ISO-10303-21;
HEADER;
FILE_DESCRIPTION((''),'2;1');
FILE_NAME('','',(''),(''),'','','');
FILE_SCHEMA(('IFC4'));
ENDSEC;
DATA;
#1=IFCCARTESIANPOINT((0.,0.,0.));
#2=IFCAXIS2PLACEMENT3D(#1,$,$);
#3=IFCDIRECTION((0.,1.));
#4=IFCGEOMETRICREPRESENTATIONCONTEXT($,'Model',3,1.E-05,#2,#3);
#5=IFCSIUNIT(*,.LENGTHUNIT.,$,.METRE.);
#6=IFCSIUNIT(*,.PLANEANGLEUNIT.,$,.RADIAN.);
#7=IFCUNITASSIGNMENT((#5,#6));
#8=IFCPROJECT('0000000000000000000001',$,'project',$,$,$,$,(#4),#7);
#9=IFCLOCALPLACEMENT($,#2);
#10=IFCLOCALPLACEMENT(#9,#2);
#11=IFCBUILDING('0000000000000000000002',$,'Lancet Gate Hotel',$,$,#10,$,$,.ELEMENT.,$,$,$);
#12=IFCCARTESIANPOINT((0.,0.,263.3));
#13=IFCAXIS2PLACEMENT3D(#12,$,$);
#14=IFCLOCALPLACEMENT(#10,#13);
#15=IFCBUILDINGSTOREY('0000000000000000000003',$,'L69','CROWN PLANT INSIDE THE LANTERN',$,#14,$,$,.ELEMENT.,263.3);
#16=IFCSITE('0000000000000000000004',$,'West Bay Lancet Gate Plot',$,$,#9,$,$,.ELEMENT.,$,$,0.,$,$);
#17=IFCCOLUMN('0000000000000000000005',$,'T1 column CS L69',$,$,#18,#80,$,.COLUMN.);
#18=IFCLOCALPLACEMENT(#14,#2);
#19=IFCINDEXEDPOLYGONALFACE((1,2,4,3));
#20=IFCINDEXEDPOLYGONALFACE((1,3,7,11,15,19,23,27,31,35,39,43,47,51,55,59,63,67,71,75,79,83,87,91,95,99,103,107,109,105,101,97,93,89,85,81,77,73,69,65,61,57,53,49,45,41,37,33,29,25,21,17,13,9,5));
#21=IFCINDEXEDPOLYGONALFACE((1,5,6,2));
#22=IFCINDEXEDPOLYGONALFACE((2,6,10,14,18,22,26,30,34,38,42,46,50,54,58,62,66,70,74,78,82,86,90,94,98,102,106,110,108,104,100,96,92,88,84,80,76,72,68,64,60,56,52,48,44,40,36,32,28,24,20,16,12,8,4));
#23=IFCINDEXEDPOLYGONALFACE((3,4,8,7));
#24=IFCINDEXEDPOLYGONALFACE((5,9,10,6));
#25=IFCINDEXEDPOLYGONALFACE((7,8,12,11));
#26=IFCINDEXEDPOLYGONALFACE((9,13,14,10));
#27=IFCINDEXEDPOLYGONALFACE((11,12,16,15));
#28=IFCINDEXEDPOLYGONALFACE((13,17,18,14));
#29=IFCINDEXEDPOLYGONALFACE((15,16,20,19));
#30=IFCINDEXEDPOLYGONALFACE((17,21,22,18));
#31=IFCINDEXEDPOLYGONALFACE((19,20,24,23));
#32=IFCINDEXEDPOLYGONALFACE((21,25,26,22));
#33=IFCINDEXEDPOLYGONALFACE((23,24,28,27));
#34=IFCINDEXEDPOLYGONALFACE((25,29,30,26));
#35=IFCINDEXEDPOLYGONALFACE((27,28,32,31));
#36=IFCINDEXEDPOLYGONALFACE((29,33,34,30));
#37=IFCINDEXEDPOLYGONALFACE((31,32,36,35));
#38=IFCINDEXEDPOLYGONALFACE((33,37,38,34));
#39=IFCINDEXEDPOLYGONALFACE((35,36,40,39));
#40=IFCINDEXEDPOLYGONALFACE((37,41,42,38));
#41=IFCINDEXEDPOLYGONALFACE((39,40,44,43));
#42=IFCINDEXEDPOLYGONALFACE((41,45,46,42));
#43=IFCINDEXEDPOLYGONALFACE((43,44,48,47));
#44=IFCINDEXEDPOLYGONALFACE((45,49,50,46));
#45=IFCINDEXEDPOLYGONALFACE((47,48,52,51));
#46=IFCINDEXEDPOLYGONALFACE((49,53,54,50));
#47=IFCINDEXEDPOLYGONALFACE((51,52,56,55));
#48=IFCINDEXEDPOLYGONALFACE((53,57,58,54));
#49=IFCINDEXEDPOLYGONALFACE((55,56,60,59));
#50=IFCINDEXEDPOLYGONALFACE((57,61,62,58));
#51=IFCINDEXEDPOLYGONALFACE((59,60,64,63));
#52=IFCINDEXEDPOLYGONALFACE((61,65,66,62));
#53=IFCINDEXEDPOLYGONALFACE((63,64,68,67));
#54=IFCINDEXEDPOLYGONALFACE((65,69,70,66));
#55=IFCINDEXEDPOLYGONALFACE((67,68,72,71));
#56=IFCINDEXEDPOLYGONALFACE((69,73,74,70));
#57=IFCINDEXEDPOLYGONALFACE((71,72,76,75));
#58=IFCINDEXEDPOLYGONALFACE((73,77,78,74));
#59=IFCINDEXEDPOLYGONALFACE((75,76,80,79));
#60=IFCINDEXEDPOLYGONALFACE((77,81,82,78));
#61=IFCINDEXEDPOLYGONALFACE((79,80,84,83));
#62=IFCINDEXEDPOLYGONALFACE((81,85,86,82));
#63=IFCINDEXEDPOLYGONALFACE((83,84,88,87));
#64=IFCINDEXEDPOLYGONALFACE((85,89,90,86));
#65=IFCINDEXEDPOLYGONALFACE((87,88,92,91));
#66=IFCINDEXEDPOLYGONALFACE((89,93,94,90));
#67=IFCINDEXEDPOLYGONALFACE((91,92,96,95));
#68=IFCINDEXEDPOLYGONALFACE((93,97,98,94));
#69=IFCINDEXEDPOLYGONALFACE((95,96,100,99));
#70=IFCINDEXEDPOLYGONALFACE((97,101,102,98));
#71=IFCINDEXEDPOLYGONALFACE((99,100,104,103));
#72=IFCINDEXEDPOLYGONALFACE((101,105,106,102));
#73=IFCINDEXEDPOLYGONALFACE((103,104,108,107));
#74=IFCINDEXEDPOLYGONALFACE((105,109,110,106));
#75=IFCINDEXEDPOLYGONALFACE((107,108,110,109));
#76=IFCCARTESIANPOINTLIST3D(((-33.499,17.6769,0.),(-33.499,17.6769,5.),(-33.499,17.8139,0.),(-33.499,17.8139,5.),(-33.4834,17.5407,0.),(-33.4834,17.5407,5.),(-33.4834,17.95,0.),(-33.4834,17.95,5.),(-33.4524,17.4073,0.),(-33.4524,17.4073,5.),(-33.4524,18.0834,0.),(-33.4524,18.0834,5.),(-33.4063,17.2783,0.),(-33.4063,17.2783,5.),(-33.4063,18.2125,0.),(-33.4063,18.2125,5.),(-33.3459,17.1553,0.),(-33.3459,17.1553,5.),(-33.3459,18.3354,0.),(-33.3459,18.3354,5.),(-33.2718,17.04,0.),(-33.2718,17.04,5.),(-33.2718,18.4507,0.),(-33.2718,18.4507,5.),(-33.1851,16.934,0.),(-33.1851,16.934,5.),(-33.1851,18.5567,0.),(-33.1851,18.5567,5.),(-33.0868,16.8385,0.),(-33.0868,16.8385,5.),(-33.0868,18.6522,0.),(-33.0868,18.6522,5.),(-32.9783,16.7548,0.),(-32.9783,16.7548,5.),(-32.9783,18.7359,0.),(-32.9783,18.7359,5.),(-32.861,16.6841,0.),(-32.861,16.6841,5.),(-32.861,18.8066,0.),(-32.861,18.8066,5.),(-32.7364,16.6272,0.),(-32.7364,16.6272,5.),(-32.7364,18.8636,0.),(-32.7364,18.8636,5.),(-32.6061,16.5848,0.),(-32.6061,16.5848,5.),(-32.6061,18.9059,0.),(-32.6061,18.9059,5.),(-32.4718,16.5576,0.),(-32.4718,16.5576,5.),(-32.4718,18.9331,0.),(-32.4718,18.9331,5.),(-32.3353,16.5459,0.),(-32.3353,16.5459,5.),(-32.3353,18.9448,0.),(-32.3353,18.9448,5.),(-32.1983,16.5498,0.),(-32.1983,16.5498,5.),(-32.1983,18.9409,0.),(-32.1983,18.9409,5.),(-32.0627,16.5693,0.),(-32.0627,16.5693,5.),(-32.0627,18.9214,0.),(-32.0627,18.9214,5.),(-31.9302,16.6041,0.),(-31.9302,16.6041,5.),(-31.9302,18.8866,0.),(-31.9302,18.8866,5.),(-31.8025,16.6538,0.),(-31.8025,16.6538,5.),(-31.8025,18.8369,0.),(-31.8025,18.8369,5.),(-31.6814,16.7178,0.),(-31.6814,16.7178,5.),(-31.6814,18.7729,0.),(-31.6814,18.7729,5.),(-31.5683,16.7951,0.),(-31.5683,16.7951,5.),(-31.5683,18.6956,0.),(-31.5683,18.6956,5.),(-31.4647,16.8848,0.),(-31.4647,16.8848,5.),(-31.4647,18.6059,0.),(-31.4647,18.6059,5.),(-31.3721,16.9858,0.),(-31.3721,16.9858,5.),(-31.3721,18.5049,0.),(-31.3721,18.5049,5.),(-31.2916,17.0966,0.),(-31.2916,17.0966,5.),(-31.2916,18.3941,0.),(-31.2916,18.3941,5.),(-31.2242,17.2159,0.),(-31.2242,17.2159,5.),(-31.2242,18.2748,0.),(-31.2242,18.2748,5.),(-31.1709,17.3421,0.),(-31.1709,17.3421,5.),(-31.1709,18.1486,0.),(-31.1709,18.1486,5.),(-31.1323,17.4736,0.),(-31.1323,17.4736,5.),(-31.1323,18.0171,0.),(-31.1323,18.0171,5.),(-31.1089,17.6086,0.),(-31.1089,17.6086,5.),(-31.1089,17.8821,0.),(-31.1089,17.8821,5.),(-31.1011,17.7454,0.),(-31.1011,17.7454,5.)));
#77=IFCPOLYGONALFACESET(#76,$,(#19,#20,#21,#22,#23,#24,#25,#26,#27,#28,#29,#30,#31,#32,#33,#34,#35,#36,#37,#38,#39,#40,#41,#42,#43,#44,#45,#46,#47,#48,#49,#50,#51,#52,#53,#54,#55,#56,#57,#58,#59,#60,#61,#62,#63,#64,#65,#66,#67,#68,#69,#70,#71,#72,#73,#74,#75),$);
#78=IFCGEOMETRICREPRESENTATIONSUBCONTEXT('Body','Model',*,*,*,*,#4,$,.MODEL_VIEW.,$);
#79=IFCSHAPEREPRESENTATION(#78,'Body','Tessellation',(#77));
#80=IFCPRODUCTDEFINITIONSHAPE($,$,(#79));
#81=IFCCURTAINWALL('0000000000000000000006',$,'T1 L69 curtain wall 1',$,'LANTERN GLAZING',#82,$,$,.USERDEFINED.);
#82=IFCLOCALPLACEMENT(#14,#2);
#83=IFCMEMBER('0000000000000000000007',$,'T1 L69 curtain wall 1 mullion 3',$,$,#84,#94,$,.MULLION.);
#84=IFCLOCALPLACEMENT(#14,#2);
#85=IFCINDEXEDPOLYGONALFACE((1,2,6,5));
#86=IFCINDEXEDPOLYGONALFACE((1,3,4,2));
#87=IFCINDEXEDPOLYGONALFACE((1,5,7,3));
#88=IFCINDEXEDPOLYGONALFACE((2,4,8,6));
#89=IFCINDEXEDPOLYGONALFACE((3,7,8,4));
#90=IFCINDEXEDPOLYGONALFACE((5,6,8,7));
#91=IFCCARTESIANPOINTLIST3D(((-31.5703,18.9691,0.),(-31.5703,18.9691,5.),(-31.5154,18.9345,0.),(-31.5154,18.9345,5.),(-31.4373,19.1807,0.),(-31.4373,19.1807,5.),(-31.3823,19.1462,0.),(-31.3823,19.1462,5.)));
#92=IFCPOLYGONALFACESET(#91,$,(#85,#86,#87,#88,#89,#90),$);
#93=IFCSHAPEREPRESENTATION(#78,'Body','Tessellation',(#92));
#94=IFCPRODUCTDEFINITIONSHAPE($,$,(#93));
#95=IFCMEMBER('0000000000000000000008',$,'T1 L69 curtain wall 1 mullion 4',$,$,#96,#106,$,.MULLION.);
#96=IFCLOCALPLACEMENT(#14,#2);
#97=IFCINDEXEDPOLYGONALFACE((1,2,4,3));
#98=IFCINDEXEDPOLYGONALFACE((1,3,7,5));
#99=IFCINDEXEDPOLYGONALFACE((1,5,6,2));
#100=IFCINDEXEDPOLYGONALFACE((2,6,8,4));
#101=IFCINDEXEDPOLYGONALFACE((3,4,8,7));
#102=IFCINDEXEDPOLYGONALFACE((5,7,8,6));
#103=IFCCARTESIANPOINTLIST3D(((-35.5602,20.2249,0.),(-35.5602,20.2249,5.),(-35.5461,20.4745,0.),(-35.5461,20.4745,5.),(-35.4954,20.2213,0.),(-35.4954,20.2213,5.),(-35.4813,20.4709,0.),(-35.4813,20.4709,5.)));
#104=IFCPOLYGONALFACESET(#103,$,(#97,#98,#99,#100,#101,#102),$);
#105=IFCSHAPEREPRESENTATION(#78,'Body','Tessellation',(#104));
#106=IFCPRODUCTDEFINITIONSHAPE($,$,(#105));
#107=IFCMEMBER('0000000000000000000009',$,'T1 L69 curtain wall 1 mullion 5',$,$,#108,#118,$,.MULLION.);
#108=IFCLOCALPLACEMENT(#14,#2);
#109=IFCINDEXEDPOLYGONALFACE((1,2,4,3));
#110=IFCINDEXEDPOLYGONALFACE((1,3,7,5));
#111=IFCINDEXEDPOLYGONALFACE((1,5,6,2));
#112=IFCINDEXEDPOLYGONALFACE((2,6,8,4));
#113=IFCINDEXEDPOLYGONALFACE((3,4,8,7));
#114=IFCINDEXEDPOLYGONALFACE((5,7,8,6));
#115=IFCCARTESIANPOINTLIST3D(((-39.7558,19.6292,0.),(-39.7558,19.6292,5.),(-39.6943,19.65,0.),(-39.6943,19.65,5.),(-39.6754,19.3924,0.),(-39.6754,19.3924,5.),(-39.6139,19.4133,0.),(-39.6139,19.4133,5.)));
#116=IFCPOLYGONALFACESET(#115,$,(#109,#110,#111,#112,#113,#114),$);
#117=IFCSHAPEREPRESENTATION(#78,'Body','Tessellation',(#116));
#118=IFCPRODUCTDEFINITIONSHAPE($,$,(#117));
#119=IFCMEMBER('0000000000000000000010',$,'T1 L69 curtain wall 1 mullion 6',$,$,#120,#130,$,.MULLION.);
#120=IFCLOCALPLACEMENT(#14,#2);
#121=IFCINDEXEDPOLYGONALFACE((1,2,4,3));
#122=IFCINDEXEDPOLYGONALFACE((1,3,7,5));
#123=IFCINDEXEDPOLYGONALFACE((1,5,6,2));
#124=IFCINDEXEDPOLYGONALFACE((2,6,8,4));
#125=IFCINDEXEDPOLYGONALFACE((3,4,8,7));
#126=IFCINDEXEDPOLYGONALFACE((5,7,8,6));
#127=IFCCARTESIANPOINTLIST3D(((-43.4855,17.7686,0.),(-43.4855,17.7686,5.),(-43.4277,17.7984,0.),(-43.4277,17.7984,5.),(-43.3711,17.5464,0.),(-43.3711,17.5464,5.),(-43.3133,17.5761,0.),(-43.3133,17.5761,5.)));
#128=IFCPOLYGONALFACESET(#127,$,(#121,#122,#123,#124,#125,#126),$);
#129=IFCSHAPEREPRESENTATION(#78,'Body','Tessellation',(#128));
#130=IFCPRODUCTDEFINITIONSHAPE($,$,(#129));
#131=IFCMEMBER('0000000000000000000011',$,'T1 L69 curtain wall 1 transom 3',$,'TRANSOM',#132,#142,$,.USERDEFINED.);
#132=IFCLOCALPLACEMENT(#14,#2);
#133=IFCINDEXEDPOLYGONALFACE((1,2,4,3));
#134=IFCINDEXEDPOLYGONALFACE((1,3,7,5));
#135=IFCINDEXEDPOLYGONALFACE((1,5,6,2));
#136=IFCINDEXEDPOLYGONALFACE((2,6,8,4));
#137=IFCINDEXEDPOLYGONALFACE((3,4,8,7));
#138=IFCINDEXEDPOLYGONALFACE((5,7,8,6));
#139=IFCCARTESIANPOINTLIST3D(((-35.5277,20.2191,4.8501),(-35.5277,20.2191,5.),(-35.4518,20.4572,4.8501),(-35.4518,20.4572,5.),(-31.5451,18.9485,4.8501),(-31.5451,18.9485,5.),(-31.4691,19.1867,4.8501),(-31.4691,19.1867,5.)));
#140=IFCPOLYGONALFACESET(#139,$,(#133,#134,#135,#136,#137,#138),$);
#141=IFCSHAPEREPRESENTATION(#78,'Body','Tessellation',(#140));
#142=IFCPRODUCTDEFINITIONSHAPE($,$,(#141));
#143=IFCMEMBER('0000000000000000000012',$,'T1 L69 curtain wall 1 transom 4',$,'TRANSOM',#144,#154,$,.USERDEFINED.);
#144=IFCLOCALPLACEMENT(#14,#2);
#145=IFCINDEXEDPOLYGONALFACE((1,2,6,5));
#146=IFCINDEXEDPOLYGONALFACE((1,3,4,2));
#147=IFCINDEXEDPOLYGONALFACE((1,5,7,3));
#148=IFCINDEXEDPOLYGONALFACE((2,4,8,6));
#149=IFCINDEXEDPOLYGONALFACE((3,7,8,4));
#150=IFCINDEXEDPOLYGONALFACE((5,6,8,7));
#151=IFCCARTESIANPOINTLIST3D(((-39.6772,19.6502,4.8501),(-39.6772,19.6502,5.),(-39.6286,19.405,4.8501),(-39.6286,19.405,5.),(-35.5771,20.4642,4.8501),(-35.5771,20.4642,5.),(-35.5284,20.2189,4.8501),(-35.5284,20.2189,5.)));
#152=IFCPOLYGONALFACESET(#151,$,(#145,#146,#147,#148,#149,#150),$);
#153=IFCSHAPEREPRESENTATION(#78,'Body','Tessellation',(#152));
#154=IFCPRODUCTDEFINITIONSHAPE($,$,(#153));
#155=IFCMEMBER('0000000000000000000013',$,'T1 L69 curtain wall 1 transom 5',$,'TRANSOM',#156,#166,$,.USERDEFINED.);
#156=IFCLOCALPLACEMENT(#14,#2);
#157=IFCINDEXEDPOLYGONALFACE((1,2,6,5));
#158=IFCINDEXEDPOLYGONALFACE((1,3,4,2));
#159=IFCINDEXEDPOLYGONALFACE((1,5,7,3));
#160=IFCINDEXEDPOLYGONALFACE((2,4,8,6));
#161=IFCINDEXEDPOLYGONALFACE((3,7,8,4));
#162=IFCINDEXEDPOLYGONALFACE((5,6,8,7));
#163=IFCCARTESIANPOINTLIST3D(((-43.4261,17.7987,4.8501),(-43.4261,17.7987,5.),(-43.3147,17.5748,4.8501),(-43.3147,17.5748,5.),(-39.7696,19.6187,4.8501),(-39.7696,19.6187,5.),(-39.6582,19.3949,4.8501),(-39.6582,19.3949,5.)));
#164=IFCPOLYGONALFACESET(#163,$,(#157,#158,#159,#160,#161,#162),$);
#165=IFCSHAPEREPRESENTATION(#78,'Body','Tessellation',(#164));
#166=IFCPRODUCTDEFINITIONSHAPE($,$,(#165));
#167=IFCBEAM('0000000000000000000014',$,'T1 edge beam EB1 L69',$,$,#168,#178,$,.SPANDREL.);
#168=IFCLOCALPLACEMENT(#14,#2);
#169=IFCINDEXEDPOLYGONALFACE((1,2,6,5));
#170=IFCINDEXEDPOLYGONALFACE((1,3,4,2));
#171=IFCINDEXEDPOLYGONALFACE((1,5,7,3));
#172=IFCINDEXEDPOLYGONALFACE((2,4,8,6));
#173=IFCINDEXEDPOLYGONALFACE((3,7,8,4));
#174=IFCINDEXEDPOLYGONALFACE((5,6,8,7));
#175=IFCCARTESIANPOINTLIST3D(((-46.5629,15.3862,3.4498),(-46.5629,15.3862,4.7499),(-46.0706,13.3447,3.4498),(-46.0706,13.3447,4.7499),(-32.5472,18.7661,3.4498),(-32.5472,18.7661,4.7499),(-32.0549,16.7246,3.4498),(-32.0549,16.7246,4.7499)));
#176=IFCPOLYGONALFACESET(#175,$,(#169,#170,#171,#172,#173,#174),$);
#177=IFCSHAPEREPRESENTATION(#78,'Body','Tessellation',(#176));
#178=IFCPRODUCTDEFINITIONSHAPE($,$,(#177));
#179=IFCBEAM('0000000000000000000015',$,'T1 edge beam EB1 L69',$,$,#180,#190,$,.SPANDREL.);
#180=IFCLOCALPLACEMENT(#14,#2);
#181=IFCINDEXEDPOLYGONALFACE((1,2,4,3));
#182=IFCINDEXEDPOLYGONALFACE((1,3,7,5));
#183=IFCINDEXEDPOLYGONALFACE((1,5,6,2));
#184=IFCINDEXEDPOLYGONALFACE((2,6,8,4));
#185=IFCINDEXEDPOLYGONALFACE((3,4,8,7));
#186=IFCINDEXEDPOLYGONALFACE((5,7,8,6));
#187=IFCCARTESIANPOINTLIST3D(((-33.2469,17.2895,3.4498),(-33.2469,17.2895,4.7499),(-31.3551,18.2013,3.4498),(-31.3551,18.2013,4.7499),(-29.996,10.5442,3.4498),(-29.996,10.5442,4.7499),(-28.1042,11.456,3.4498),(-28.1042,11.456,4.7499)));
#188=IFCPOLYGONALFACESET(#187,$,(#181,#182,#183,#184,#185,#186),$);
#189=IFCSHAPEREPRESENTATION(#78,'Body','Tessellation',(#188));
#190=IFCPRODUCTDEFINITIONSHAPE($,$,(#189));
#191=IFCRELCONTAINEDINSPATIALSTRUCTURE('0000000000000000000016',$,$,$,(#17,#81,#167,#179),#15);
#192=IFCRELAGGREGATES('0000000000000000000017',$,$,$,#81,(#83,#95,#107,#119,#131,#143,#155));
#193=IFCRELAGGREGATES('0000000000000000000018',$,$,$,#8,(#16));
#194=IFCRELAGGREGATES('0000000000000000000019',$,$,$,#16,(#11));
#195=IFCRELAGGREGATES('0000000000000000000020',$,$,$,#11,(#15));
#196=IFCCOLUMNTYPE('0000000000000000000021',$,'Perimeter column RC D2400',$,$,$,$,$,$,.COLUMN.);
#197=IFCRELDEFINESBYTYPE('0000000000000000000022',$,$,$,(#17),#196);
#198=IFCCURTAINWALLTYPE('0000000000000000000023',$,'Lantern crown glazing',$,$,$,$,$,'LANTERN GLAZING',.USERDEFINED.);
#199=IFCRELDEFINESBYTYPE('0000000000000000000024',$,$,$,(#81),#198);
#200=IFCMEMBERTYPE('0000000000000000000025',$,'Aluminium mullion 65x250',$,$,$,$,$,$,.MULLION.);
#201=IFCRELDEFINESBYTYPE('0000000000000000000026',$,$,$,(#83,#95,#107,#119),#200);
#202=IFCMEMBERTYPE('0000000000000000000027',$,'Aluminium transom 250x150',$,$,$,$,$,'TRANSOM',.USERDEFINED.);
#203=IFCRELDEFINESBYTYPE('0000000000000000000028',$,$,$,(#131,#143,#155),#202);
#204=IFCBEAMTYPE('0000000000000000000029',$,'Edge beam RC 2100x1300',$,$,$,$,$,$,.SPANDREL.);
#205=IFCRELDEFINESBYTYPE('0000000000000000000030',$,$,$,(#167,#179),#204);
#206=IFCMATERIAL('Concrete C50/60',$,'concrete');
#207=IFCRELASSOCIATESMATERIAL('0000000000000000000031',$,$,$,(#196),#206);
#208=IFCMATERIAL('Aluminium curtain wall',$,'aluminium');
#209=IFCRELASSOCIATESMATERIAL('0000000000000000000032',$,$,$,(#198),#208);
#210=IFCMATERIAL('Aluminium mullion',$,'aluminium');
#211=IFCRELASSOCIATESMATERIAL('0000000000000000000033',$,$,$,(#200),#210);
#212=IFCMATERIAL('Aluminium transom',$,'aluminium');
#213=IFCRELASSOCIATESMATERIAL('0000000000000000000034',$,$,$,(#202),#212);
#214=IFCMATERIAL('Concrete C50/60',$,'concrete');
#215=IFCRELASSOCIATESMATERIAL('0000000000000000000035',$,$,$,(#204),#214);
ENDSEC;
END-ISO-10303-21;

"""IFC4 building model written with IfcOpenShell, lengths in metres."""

from ifc_helpers import new_model, si_unit, direction, frame, origin, origin_2d, place, context, subcontext, project, spatial, rectangle, circle, extrude, material, material_profile, profile_set, type_object, element, aggregate, save


model = new_model("IFC4")

# Units and contexts
model_context = context("Model", 3, precision=1e-05, world=origin(), true_north=direction((0.0, 1.0)))
body_context = subcontext(model_context, "Body", "Model", "MODEL_VIEW")
ifc_project = project(units=[si_unit("LENGTHUNIT", "METRE"), si_unit("PLANEANGLEUNIT", "RADIAN")], contexts=[model_context])

# Site, building, storey
site_placement = place(None, origin())
site = spatial("IfcSite", under=ifc_project, at=site_placement, Name="West Bay Lancet Gate Plot", CompositionType="ELEMENT", RefElevation=0.0)
building_placement = place(site_placement, origin())
building = spatial("IfcBuilding", under=site, at=building_placement, Name="Lancet Gate Hotel", CompositionType="ELEMENT")
storey_placement = place(building_placement, frame((0.0, 0.0, 263.3)))
storey = spatial("IfcBuildingStorey", under=building, at=storey_placement, Name="L69", Description="CROWN PLANT INSIDE THE LANTERN", CompositionType="ELEMENT", Elevation=263.3)

# Column
ifc_material_1 = material(Name="Concrete C50/60", Category="concrete")
ifc_material_profile_1 = material_profile(ifc_material_1, circle(Radius=1.2, at=origin_2d()), Name="RC D2400")
ifc_profile_set_1 = profile_set([ifc_material_profile_1], Name="Concrete C50/60")
column_type = type_object("IfcColumnType", Name="Perimeter column RC D2400", PredefinedType="COLUMN", material=ifc_profile_set_1)
column_placement = place(storey_placement, frame((-32.301, 17.7454, 0.0), z_axis=(0.0, 0.0, 1.0), x_axis=(1.0, 0.0, 0.0)))
element("IfcColumn", 1, at=column_placement, inside=storey, type_object=column_type, Name="T1 column CS L69", PredefinedType="COLUMN", context=body_context, shape_type="SweptSolid", body=[
    extrude(circle(Radius=1.2, at=origin_2d()), origin(), (0.0, 0.0, 1.0), 5.0),
])

# Curtain wall, members
ifc_material_2 = material(Name="Aluminium curtain wall", Category="aluminium")
curtain_wall_type = type_object("IfcCurtainWallType", Name="Lantern crown glazing", ElementType="LANTERN GLAZING", PredefinedType="USERDEFINED", material=ifc_material_2)
curtain_wall_placement = place(storey_placement, origin())
curtain_wall = element("IfcCurtainWall", 2, at=curtain_wall_placement, inside=storey, type_object=curtain_wall_type, Name="T1 L69 curtain wall 1", ObjectType="LANTERN GLAZING", PredefinedType="USERDEFINED")
ifc_material_3 = material(Name="Aluminium mullion", Category="aluminium")
ifc_material_profile_2 = material_profile(ifc_material_3, rectangle(XDim=0.0649, YDim=0.25, at=origin_2d()), Name="MULLION 65x250")
ifc_profile_set_2 = profile_set([ifc_material_profile_2], Name="Aluminium mullion")
member_type_1 = type_object("IfcMemberType", Name="Aluminium mullion 65x250", PredefinedType="MULLION", material=ifc_profile_set_2)
member_1_placement = place(storey_placement, frame((-31.4763, 19.0576, 0.0), z_axis=(0.0, 0.0, 1.0), x_axis=(-0.846613, 0.532209, 0.0)))
member_1 = element("IfcMember", 3, at=member_1_placement, type_object=member_type_1, Name="T1 L69 curtain wall 1 mullion 3", PredefinedType="MULLION", context=body_context, shape_type="SweptSolid", body=[
    extrude(rectangle(XDim=0.0649, YDim=0.25, at=origin_2d()), origin(), (0.0, 0.0, 1.0), 5.0),
])
member_2_placement = place(storey_placement, frame((-35.5208, 20.3479, 0.0), z_axis=(0.0, 0.0, 1.0), x_axis=(-0.998409, 0.056384, 0.0)))
member_2 = element("IfcMember", 4, at=member_2_placement, type_object=member_type_1, Name="T1 L69 curtain wall 1 mullion 4", PredefinedType="MULLION", context=body_context, shape_type="SweptSolid", body=[
    extrude(rectangle(XDim=0.0649, YDim=0.25, at=origin_2d()), origin(), (0.0, 0.0, 1.0), 5.0),
])
member_3_placement = place(storey_placement, frame((-39.6848, 19.5212, 0.0), z_axis=(0.0, 0.0, 1.0), x_axis=(-0.946888, -0.321564, 0.0)))
member_3 = element("IfcMember", 5, at=member_3_placement, type_object=member_type_1, Name="T1 L69 curtain wall 1 mullion 5", PredefinedType="MULLION", context=body_context, shape_type="SweptSolid", body=[
    extrude(rectangle(XDim=0.0649, YDim=0.25, at=origin_2d()), origin(), (0.0, 0.0, 1.0), 5.0),
])
member_4_placement = place(storey_placement, frame((-43.3994, 17.6724, 0.0), z_axis=(0.0, 0.0, 1.0), x_axis=(-0.889156, -0.457605, 0.0)))
member_4 = element("IfcMember", 6, at=member_4_placement, type_object=member_type_1, Name="T1 L69 curtain wall 1 mullion 6", PredefinedType="MULLION", context=body_context, shape_type="SweptSolid", body=[
    extrude(rectangle(XDim=0.0649, YDim=0.25, at=origin_2d()), origin(), (0.0, 0.0, 1.0), 5.0),
])
ifc_material_4 = material(Name="Aluminium transom", Category="aluminium")
ifc_material_profile_3 = material_profile(ifc_material_4, rectangle(XDim=0.25, YDim=0.1499, at=origin_2d()), Name="TRANSOM 250x150")
ifc_profile_set_3 = profile_set([ifc_material_profile_3], Name="Aluminium transom")
member_type_2 = type_object("IfcMemberType", Name="Aluminium transom 250x150", ElementType="TRANSOM", PredefinedType="USERDEFINED", material=ifc_profile_set_3)
member_5_placement = place(storey_placement, frame((-31.5071, 19.0676, 4.925), z_axis=(-0.952698, 0.30392, 0.0), x_axis=(-0.30392, -0.952698, 0.0)))
member_5 = element("IfcMember", 7, at=member_5_placement, type_object=member_type_2, Name="T1 L69 curtain wall 1 transom 3", ObjectType="TRANSOM", PredefinedType="USERDEFINED", context=body_context, shape_type="SweptSolid", body=[
    extrude(rectangle(XDim=0.25, YDim=0.1499, at=origin_2d()), origin(), (0.0, 0.0, 1.0), 4.1804),
])
member_6_placement = place(storey_placement, frame((-35.5527, 20.3416, 4.925), z_axis=(-0.980858, -0.194723, 0.0), x_axis=(0.194723, -0.980858, 0.0)))
member_6 = element("IfcMember", 8, at=member_6_placement, type_object=member_type_2, Name="T1 L69 curtain wall 1 transom 4", ObjectType="TRANSOM", PredefinedType="USERDEFINED", context=body_context, shape_type="SweptSolid", body=[
    extrude(rectangle(XDim=0.25, YDim=0.1499, at=origin_2d()), origin(), (0.0, 0.0, 1.0), 4.1802),
])
member_7_placement = place(storey_placement, frame((-39.7139, 19.5068, 4.925), z_axis=(-0.895227, -0.445611, 0.0), x_axis=(0.445611, -0.895227, 0.0)))
member_7 = element("IfcMember", 9, at=member_7_placement, type_object=member_type_2, Name="T1 L69 curtain wall 1 transom 5", ObjectType="TRANSOM", PredefinedType="USERDEFINED", context=body_context, shape_type="SweptSolid", body=[
    extrude(rectangle(XDim=0.25, YDim=0.1499, at=origin_2d()), origin(), (0.0, 0.0, 1.0), 4.0845),
])

# Beams
ifc_material_5 = material(Name="Concrete C50/60", Category="concrete")
ifc_material_profile_4 = material_profile(ifc_material_5, rectangle(XDim=2.1001, YDim=1.3, at=origin_2d()), Name="RC 2100x1300")
ifc_profile_set_4 = profile_set([ifc_material_profile_4], Name="Concrete C50/60")
beam_type_1 = type_object("IfcBeamType", Name="Edge beam RC 2100x1300", PredefinedType="SPANDREL", material=ifc_profile_set_4)
beam_1_placement = place(storey_placement, frame((-32.301, 17.7454, 4.0999), z_axis=(-0.972133, -0.234431, 0.0), x_axis=(0.234431, -0.972133, 0.0)))
element("IfcBeam", 10, at=beam_1_placement, inside=storey, type_object=beam_type_1, Name="T1 edge beam EB1 L69", PredefinedType="SPANDREL", context=body_context, shape_type="SweptSolid", body=[
    extrude(rectangle(XDim=2.1001, YDim=1.3, at=origin_2d()), origin(), (0.0, 0.0, 1.0), 14.4175),
])
beam_2_placement = place(storey_placement, frame((-32.301, 17.7454, 4.0999), z_axis=(0.434164, -0.900834, 0.0), x_axis=(0.900834, 0.434164, 0.0)))
element("IfcBeam", 11, at=beam_2_placement, inside=storey, type_object=beam_type_1, Name="T1 edge beam EB1 L69", PredefinedType="SPANDREL", context=body_context, shape_type="SweptSolid", body=[
    extrude(rectangle(XDim=2.1001, YDim=1.3, at=origin_2d()), origin(), (0.0, 0.0, 1.0), 7.4878),
])

aggregate(curtain_wall, [member_1, member_2, member_3, member_4, member_5, member_6, member_7])

save(model, "model.ifc")
